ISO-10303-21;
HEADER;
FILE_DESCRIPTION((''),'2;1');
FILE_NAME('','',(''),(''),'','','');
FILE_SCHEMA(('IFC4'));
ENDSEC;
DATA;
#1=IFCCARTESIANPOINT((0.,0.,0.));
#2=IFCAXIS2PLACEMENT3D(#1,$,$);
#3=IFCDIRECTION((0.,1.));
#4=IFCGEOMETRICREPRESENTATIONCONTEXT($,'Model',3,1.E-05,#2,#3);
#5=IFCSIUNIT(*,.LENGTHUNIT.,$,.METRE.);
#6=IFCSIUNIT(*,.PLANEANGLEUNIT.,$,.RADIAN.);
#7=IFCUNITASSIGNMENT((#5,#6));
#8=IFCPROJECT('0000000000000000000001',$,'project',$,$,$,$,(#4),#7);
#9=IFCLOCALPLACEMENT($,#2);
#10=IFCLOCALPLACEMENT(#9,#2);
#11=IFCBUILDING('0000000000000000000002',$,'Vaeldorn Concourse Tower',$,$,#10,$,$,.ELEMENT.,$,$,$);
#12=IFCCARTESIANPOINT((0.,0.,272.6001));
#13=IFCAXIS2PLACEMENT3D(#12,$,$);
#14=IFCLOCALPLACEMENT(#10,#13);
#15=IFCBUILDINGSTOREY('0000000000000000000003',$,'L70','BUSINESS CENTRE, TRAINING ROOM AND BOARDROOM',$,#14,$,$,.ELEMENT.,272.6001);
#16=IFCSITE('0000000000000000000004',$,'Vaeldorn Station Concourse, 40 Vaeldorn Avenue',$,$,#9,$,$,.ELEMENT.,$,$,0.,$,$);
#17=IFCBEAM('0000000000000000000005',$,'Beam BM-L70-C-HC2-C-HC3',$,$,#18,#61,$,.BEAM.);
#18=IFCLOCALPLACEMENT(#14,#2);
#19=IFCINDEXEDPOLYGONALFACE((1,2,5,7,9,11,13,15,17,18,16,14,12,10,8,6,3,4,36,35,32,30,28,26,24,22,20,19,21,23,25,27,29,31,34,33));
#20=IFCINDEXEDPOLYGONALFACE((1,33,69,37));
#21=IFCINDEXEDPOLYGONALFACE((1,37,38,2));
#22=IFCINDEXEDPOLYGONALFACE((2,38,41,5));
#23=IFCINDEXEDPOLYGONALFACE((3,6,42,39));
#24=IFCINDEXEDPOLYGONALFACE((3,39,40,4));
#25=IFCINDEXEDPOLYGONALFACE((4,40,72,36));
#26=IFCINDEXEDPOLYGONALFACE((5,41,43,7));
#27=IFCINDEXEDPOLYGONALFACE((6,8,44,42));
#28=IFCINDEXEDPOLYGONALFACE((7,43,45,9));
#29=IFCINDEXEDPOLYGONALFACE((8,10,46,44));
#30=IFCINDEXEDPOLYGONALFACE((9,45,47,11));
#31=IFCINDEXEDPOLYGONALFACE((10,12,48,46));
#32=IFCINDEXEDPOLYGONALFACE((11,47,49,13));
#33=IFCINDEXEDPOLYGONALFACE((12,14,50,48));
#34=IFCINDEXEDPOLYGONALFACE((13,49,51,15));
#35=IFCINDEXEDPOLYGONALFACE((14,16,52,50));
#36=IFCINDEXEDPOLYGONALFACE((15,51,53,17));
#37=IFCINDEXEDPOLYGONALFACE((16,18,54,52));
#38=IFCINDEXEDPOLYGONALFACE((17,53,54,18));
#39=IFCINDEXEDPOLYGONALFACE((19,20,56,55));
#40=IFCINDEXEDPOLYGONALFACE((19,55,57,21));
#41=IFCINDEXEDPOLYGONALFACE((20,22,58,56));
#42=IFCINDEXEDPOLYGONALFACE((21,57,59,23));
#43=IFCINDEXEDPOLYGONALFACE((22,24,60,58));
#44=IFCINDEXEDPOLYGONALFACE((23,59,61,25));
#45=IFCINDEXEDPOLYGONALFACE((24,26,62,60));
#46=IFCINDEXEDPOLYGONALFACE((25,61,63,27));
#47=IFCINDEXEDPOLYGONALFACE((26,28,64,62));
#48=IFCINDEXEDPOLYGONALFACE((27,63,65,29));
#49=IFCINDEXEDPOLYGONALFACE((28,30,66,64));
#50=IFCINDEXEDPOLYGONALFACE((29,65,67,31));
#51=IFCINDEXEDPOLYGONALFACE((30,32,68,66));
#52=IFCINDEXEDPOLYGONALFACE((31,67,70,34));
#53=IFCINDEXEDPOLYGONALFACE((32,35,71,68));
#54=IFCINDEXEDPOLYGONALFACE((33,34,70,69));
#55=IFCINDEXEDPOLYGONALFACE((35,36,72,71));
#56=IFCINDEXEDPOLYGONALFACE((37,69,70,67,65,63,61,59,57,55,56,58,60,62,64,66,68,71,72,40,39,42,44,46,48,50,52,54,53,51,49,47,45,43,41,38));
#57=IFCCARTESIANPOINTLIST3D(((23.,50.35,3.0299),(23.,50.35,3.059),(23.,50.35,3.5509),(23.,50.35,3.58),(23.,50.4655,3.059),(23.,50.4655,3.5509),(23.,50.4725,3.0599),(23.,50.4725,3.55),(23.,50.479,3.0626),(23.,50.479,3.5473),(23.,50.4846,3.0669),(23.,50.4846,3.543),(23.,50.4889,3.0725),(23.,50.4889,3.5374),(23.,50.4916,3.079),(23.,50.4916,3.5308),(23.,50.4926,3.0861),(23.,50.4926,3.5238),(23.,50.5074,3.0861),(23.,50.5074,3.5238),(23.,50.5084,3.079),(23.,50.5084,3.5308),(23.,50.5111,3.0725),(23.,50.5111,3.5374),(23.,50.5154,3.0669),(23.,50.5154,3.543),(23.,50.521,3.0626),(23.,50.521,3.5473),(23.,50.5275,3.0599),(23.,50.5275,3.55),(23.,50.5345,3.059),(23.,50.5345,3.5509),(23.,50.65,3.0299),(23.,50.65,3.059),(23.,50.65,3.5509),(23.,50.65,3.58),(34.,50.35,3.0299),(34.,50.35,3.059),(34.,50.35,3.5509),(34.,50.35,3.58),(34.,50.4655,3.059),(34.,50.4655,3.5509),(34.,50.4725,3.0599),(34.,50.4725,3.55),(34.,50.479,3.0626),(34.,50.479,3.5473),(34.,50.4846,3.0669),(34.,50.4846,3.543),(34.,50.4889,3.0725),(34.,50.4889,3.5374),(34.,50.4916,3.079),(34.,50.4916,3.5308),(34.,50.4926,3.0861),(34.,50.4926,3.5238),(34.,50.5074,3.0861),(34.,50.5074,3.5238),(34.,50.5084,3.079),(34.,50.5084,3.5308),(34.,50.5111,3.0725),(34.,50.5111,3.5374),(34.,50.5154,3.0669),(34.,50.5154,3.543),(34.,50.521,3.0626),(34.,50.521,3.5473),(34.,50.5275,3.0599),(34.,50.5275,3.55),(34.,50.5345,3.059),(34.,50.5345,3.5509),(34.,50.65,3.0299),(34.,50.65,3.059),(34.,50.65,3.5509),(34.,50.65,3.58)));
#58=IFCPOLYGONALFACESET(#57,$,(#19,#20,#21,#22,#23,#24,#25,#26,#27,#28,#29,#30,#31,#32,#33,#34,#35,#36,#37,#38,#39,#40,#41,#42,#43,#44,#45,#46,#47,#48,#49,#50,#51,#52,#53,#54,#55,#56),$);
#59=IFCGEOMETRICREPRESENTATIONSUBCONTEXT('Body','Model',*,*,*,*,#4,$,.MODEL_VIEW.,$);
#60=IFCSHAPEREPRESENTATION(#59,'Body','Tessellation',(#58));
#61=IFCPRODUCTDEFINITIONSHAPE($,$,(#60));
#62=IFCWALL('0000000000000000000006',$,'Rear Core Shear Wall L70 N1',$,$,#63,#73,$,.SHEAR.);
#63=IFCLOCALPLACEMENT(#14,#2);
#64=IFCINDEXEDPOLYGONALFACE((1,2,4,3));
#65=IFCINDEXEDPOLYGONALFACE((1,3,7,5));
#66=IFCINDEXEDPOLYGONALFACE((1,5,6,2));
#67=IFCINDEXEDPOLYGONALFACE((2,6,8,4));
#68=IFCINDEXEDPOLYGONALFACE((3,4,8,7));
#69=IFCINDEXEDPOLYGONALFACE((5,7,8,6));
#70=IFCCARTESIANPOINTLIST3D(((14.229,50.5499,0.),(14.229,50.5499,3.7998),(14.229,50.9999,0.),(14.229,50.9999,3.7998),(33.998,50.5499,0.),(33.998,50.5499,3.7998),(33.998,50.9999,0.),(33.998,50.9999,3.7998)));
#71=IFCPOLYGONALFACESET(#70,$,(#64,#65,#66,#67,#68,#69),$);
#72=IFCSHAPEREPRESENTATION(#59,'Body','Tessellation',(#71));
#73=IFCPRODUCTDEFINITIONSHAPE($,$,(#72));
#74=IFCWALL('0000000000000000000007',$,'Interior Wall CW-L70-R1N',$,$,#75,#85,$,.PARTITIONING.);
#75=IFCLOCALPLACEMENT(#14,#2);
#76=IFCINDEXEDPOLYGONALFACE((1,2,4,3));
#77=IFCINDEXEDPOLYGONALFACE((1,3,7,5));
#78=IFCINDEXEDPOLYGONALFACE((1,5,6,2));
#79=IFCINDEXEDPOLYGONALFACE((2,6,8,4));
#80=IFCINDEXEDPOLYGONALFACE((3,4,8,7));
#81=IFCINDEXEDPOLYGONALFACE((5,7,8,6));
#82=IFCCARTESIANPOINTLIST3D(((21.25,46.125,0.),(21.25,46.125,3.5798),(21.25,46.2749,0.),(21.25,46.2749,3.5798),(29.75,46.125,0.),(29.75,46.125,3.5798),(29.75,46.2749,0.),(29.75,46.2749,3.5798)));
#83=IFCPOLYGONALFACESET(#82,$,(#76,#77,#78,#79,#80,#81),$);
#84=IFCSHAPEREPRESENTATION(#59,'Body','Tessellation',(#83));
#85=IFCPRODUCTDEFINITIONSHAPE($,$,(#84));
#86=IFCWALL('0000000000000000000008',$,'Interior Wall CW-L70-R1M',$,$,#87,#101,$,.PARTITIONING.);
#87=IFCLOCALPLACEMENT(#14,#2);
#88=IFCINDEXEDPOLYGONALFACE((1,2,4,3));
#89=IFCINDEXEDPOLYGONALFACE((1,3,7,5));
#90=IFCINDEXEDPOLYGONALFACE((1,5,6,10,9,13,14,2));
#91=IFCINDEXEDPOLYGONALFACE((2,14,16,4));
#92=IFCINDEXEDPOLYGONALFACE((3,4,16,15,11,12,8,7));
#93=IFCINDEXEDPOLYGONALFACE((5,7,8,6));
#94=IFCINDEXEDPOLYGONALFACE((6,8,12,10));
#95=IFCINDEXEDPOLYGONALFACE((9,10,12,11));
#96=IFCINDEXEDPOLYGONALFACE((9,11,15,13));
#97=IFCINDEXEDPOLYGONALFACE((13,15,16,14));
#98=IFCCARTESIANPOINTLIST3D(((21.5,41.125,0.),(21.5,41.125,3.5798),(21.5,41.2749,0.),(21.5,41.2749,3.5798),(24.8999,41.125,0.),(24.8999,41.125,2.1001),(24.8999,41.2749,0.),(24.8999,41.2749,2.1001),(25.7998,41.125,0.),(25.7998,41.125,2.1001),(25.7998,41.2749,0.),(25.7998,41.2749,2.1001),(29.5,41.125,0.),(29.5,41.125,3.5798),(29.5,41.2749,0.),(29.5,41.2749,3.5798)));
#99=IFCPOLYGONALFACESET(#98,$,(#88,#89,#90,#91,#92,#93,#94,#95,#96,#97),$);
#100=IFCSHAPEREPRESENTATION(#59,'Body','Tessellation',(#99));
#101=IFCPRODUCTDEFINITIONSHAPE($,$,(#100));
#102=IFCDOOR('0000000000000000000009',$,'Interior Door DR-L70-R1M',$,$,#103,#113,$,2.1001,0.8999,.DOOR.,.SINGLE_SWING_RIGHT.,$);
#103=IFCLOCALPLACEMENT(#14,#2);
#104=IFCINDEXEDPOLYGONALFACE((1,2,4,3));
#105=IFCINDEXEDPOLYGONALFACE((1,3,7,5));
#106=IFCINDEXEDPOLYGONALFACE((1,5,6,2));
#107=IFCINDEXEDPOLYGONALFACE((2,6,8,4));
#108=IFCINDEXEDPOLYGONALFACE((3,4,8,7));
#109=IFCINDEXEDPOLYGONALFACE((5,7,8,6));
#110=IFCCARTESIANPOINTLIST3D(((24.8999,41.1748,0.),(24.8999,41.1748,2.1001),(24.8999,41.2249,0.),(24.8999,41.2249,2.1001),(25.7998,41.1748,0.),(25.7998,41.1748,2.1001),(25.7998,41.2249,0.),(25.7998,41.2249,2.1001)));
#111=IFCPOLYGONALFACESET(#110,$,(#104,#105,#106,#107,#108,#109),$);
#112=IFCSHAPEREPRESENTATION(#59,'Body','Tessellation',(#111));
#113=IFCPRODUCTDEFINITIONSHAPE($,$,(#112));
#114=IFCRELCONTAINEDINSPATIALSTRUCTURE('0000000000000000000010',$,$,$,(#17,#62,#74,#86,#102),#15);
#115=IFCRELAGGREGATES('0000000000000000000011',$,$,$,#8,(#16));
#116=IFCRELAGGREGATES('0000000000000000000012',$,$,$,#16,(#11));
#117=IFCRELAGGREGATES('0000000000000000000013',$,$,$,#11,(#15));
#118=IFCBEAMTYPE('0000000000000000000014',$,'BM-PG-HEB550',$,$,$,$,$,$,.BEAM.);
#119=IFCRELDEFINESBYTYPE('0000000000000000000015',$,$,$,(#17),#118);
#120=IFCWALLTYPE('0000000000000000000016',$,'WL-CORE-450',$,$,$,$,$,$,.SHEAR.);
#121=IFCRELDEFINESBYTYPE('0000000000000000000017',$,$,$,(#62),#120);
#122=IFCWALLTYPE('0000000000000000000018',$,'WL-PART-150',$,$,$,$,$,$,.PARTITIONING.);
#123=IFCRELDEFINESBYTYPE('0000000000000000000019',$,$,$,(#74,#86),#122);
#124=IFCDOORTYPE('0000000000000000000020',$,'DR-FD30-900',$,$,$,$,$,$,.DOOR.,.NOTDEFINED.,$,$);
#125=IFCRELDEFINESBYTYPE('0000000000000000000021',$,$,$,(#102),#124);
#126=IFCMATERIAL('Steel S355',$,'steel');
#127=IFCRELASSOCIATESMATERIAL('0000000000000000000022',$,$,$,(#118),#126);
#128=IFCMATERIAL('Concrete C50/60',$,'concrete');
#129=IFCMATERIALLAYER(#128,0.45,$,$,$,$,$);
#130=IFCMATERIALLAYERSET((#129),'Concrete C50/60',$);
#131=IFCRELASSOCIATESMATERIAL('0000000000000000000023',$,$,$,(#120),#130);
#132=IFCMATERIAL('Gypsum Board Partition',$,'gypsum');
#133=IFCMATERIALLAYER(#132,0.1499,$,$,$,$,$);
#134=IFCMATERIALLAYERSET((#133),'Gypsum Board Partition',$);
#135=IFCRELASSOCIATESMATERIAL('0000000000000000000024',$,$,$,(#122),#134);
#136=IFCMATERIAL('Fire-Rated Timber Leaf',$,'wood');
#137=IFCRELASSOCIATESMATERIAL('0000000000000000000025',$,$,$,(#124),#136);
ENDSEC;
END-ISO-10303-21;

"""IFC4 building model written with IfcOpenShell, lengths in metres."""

from ifc_helpers import new_model, si_unit, direction, frame, frame_2d, origin, origin_2d, place, context, subcontext, project, spatial, rectangle, i_section, extrude, source, transform, mapped, material, layer, layer_set, material_profile, profile_set, type_object, element, fill, save


model = new_model("IFC4")

# Units and contexts
model_context = context("Model", 3, precision=1e-05, world=origin(), true_north=direction((0.0, 1.0)))
body_context = subcontext(model_context, "Body", "Model", "MODEL_VIEW")
ifc_project = project(units=[si_unit("LENGTHUNIT", "METRE"), si_unit("PLANEANGLEUNIT", "RADIAN")], contexts=[model_context])

# Site, building, storey
site_placement = place(None, origin())
site = spatial("IfcSite", under=ifc_project, at=site_placement, Name="Vaeldorn Station Concourse, 40 Vaeldorn Avenue", CompositionType="ELEMENT", RefElevation=0.0)
building_placement = place(site_placement, origin())
building = spatial("IfcBuilding", under=site, at=building_placement, Name="Vaeldorn Concourse Tower", CompositionType="ELEMENT")
storey_placement = place(building_placement, frame((0.0, 0.0, 272.6001)))
storey = spatial("IfcBuildingStorey", under=building, at=storey_placement, Name="L70", Description="BUSINESS CENTRE, TRAINING ROOM AND BOARDROOM", CompositionType="ELEMENT", Elevation=272.6001)

# Shared definitions
ifc_material_1 = material(Name="Steel S355", Category="steel")

# Beam
ifc_material_profile_1 = material_profile(ifc_material_1, i_section(OverallWidth=0.3, OverallDepth=0.55, WebThickness=0.0149, FlangeThickness=0.0291, FilletRadius=0.0271, at=origin_2d()), Name="HEB 550")
ifc_profile_set_1 = profile_set([ifc_material_profile_1], Name="Steel S355")
beam_type_1 = type_object("IfcBeamType", Name="BM-PG-HEB550", PredefinedType="BEAM", material=ifc_profile_set_1)
shared_shape_1 = source(origin(), body_context, "Body", "SweptSolid", [
    extrude(i_section(OverallWidth=0.3, OverallDepth=0.55, WebThickness=0.0149, FlangeThickness=0.0291, FilletRadius=0.0271, at=origin_2d()), origin(), (0.0, 0.0, 1.0), 11.0),
])
beam_1_placement = place(storey_placement, frame((23.0, 50.5, 3.3049), z_axis=(1.0, 0.0, 0.0), x_axis=(0.0, 1.0, 0.0)))
element("IfcBeam", 1, at=beam_1_placement, inside=storey, type_object=beam_type_1, Name="Beam BM-L70-C-HC2-C-HC3", PredefinedType="BEAM", context=body_context, shape_type="MappedRepresentation", body=[
    mapped(shared_shape_1, transform((0.0, 0.0, 0.0), scale=1.0)),
])

# Walls
ifc_material_2 = material(Name="Concrete C50/60", Category="concrete")
ifc_layer_1 = layer(ifc_material_2, 0.45)
ifc_layer_set_1 = layer_set([ifc_layer_1], Name="Concrete C50/60")
wall_type_1 = type_object("IfcWallType", Name="WL-CORE-450", PredefinedType="SHEAR", material=ifc_layer_set_1)
wall_1_placement = place(storey_placement, frame((14.229, 50.7749, 0.0), z_axis=(0.0, 0.0, 1.0), x_axis=(1.0, 0.0, 0.0)))
element("IfcWall", 2, at=wall_1_placement, inside=storey, type_object=wall_type_1, Name="Rear Core Shear Wall L70 N1", PredefinedType="SHEAR", context=body_context, shape_type="SweptSolid", body=[
    extrude(rectangle(XDim=19.769, YDim=0.45, at=frame_2d((9.8845, 0.0))), origin(), (0.0, 0.0, 1.0), 3.7998),
])
ifc_material_3 = material(Name="Gypsum Board Partition", Category="gypsum")
ifc_layer_2 = layer(ifc_material_3, 0.1499)
ifc_layer_set_2 = layer_set([ifc_layer_2], Name="Gypsum Board Partition")
wall_type_2 = type_object("IfcWallType", Name="WL-PART-150", PredefinedType="PARTITIONING", material=ifc_layer_set_2)
wall_2_placement = place(storey_placement, frame((21.25, 46.2, 0.0), z_axis=(0.0, 0.0, 1.0), x_axis=(1.0, 0.0, 0.0)))
element("IfcWall", 3, at=wall_2_placement, inside=storey, type_object=wall_type_2, Name="Interior Wall CW-L70-R1N", PredefinedType="PARTITIONING", context=body_context, shape_type="SweptSolid", body=[
    extrude(rectangle(XDim=8.5, YDim=0.1499, at=frame_2d((4.25, 0.0))), origin(), (0.0, 0.0, 1.0), 3.5798),
])

# Wall, opening, door
wall_3_placement = place(storey_placement, frame((21.5, 41.2, 0.0), z_axis=(0.0, 0.0, 1.0), x_axis=(1.0, 0.0, 0.0)))
wall_3 = element("IfcWall", 4, at=wall_3_placement, inside=storey, type_object=wall_type_2, Name="Interior Wall CW-L70-R1M", PredefinedType="PARTITIONING", context=body_context, shape_type="SweptSolid", body=[
    extrude(rectangle(XDim=8.0, YDim=0.1499, at=frame_2d((4.0, 0.0))), origin(), (0.0, 0.0, 1.0), 3.5798),
])
opening_1_placement = place(wall_3_placement, frame((3.3999, 0.0, 0.0)))
opening_1 = element("IfcOpeningElement", 5, at=opening_1_placement, cuts=wall_3, PredefinedType="OPENING", context=body_context, shape_type="SweptSolid", body=[
    extrude(rectangle(XDim=0.8999, YDim=2.1001, at=frame_2d((0.45, 1.05))), frame((0.0, 0.085, 0.0), z_axis=(0.0, -1.0, 0.0), x_axis=(1.0, 0.0, 0.0)), (0.0, 0.0, 1.0), 0.1699),
])
ifc_material_4 = material(Name="Fire-Rated Timber Leaf", Category="wood")
door_type_1 = type_object("IfcDoorType", Name="DR-FD30-900", OperationType="NOTDEFINED", PredefinedType="DOOR", material=ifc_material_4)
shared_shape_2 = source(origin(), body_context, "Body", "SweptSolid", [
    extrude(rectangle(XDim=0.8999, YDim=2.1001, at=frame_2d((0.45, 1.05))), frame((0.0, 0.0249, 0.0), z_axis=(0.0, -1.0, 0.0), x_axis=(1.0, 0.0, 0.0)), (0.0, 0.0, 1.0), 0.05),
])
door_1_placement = place(opening_1_placement, origin())
door_1 = element("IfcDoor", 6, at=door_1_placement, inside=storey, type_object=door_type_1, Name="Interior Door DR-L70-R1M", OperationType="SINGLE_SWING_RIGHT", OverallHeight=2.1001, OverallWidth=0.8999, PredefinedType="DOOR", context=body_context, shape_type="MappedRepresentation", body=[
    mapped(shared_shape_2, transform((0.0, 0.0, 0.0), scale=1.0)),
])
fill(opening_1, door_1)

save(model, "model.ifc")
